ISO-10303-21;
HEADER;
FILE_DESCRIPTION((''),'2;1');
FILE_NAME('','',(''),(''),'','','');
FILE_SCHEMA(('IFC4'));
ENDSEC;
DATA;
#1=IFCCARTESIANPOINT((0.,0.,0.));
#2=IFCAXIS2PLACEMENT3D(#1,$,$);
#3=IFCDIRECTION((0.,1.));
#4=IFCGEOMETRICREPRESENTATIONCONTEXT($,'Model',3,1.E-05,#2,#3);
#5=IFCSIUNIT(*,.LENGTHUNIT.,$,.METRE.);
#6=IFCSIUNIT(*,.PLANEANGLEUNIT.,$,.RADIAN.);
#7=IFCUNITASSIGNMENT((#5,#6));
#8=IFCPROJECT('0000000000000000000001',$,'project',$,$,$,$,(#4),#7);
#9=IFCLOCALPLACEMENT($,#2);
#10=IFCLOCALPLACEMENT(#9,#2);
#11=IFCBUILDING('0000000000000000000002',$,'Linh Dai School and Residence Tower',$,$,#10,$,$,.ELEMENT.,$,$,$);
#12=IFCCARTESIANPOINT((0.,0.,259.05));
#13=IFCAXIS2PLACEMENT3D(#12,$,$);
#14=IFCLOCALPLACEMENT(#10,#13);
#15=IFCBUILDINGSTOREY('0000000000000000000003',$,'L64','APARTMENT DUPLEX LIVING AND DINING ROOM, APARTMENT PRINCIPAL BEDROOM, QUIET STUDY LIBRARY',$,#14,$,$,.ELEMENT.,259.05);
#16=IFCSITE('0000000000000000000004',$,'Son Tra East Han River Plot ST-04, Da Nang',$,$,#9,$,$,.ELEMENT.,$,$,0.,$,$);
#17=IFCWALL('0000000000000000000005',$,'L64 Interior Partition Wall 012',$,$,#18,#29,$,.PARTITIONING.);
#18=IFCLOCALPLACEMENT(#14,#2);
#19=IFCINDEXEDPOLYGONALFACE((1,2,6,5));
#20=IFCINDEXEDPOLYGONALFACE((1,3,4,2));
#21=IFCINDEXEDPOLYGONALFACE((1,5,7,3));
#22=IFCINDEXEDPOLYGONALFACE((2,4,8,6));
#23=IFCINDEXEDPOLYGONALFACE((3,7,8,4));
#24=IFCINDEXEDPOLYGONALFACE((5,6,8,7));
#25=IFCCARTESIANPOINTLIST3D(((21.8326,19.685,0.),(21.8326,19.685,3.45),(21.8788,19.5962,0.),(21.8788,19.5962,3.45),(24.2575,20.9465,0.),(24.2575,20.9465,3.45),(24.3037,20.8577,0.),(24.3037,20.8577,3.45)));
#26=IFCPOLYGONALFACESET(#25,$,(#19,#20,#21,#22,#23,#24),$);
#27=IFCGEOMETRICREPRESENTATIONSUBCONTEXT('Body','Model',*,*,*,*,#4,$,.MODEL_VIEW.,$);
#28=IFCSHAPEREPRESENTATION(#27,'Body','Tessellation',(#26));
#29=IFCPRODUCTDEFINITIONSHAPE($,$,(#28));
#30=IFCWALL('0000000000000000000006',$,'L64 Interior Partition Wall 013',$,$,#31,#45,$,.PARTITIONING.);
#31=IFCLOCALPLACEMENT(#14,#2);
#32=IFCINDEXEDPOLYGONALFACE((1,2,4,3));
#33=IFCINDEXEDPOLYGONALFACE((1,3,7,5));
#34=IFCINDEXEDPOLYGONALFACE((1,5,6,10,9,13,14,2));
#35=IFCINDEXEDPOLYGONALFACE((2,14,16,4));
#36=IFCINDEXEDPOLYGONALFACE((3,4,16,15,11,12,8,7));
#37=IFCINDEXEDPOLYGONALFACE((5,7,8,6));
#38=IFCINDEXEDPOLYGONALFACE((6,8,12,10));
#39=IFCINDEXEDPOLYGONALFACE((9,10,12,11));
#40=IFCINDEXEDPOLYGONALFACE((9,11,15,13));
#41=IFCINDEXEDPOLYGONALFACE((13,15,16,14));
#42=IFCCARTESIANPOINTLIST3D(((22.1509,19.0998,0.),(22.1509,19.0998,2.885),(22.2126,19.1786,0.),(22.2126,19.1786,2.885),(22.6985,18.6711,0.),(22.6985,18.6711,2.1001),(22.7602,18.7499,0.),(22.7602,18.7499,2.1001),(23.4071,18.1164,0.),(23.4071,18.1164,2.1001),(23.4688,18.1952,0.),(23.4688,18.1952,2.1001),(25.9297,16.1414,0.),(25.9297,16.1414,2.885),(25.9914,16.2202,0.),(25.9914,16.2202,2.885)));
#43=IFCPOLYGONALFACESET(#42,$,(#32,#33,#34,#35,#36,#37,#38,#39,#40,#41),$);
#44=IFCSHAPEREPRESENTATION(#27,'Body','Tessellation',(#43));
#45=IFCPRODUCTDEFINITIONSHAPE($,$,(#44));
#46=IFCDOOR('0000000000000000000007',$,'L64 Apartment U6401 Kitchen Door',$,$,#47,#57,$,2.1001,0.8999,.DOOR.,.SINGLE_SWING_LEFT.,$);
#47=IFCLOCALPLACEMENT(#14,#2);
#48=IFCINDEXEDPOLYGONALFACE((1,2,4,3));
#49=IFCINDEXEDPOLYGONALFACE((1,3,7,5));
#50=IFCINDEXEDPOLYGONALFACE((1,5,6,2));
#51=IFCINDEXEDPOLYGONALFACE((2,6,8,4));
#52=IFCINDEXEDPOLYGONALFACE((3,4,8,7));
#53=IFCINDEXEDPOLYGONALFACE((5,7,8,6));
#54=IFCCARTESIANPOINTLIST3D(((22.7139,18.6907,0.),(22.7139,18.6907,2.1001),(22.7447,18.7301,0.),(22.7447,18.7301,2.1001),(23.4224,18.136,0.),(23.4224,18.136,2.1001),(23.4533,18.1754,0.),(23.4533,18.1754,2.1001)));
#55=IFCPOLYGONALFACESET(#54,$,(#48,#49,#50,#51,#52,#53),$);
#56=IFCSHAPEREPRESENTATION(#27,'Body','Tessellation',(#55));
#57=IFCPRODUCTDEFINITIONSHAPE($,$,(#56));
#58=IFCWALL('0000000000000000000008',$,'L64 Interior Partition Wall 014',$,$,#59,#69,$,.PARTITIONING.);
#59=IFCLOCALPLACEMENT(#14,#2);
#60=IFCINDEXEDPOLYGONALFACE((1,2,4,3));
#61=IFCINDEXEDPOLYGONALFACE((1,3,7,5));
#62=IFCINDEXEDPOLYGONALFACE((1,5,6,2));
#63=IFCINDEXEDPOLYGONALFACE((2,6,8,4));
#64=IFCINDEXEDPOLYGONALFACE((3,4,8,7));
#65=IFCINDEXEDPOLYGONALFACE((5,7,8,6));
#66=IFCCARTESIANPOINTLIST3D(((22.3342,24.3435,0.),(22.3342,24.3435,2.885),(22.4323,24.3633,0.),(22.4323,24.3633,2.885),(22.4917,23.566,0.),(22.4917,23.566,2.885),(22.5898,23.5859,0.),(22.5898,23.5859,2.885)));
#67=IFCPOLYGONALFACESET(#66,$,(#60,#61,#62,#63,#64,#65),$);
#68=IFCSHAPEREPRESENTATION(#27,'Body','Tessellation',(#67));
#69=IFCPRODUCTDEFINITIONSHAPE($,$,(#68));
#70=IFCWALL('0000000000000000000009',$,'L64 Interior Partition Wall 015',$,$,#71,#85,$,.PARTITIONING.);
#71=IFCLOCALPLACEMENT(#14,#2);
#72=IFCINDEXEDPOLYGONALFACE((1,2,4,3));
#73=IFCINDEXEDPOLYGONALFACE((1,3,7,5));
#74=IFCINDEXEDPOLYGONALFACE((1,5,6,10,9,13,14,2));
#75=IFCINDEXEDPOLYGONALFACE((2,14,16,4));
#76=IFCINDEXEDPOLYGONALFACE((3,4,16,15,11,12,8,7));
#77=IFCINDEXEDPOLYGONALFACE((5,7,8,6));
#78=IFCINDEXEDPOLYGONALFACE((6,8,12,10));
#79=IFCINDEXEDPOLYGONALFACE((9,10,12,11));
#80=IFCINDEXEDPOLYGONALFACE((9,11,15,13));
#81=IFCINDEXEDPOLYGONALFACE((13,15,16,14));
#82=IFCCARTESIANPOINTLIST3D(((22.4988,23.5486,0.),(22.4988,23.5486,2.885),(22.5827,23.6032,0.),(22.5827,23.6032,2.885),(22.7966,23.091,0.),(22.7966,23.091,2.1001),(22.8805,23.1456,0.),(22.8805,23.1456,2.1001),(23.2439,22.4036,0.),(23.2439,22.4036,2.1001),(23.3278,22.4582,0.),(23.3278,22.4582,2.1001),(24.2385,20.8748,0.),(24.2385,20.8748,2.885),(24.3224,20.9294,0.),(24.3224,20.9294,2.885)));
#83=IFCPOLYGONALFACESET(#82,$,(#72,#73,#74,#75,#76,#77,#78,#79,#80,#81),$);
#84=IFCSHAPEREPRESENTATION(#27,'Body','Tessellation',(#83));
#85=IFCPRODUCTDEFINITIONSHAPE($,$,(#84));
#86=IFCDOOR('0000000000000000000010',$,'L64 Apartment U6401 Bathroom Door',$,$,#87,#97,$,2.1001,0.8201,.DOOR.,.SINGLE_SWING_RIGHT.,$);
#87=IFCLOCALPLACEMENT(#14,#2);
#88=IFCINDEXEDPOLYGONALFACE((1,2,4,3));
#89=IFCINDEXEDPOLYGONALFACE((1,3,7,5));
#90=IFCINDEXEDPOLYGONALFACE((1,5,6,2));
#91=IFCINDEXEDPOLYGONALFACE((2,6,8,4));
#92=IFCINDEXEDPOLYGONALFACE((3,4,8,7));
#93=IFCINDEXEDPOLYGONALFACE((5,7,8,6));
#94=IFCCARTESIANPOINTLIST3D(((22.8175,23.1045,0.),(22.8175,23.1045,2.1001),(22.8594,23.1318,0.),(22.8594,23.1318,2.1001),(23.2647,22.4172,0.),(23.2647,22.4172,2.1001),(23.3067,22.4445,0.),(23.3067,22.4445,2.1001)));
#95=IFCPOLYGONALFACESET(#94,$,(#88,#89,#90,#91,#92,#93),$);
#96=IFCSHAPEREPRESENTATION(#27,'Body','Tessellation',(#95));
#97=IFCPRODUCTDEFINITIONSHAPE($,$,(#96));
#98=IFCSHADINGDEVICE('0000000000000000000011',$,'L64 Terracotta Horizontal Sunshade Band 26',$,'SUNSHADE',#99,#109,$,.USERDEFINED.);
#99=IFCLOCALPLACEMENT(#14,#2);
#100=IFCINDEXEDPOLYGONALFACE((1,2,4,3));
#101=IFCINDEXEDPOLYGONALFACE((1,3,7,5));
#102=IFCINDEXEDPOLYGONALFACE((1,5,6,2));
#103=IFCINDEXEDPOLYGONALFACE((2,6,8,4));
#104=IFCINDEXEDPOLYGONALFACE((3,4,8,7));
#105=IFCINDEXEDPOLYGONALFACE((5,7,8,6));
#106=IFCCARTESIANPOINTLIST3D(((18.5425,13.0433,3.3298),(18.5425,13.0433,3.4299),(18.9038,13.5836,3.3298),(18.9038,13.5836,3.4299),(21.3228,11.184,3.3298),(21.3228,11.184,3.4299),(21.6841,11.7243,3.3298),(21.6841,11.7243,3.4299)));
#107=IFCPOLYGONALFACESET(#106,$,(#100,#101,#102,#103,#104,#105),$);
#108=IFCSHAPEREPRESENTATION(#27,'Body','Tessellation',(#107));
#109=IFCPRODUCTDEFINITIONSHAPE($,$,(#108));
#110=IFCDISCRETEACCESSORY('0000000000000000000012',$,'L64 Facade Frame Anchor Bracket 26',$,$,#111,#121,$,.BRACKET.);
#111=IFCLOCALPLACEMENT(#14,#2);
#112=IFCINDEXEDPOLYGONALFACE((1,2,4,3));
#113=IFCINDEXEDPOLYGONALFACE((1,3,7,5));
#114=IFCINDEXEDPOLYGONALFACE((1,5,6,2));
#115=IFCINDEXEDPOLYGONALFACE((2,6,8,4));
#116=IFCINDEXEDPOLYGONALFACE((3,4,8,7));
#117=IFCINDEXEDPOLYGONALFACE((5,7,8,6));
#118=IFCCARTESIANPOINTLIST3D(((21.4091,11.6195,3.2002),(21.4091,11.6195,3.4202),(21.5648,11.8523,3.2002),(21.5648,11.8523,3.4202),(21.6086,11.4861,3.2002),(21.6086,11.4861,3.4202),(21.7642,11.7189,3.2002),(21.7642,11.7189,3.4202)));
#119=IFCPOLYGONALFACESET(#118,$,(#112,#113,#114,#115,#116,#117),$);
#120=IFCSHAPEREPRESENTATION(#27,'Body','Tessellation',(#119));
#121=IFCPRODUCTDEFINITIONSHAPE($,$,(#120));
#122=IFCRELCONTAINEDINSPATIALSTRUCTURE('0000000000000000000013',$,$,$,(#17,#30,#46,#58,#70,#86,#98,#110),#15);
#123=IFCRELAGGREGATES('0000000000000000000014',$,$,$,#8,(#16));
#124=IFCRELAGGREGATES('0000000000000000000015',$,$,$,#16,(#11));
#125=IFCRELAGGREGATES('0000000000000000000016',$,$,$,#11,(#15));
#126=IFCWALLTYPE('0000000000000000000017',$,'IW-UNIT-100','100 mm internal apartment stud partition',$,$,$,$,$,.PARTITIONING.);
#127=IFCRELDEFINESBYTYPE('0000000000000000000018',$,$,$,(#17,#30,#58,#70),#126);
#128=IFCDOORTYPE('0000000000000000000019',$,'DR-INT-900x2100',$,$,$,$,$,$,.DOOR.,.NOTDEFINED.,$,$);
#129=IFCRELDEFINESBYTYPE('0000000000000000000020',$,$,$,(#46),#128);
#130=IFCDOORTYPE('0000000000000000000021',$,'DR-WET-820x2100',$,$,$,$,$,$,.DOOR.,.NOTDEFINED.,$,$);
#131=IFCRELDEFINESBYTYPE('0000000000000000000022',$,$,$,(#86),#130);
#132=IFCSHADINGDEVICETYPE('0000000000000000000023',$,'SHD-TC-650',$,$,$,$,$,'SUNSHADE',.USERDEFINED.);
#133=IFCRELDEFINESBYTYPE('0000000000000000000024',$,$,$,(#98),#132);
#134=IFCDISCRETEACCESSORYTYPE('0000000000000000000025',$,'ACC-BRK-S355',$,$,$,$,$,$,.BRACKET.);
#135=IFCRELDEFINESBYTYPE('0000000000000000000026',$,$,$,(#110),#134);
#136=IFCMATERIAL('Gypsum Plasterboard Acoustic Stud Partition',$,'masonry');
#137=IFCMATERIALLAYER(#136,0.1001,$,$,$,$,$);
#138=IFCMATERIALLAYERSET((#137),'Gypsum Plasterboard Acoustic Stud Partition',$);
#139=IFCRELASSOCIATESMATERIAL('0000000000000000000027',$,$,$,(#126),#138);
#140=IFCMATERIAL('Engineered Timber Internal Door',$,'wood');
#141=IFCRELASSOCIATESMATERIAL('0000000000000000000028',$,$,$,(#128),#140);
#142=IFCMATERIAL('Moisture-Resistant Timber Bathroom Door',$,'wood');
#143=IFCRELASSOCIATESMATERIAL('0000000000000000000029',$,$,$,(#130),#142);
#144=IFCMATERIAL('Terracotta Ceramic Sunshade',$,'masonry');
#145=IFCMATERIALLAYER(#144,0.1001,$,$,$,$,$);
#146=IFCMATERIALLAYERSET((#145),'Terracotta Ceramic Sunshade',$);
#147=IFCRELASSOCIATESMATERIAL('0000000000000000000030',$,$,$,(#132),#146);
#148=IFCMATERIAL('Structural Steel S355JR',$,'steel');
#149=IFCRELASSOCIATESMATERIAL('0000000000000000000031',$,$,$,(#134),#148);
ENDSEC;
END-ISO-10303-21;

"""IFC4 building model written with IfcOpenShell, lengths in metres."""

from ifc_helpers import new_model, si_unit, direction, frame, frame_2d, origin, origin_2d, place, context, subcontext, project, spatial, rectangle, extrude, source, transform, mapped, material, layer, layer_set, type_object, element, fill, save


model = new_model("IFC4")

# Units and contexts
model_context = context("Model", 3, precision=1e-05, world=origin(), true_north=direction((0.0, 1.0)))
body_context = subcontext(model_context, "Body", "Model", "MODEL_VIEW")
ifc_project = project(units=[si_unit("LENGTHUNIT", "METRE"), si_unit("PLANEANGLEUNIT", "RADIAN")], contexts=[model_context])

# Site, building, storey
site_placement = place(None, origin())
site = spatial("IfcSite", under=ifc_project, at=site_placement, Name="Son Tra East Han River Plot ST-04, Da Nang", CompositionType="ELEMENT", RefElevation=0.0)
building_placement = place(site_placement, origin())
building = spatial("IfcBuilding", under=site, at=building_placement, Name="Linh Dai School and Residence Tower", CompositionType="ELEMENT")
storey_placement = place(building_placement, frame((0.0, 0.0, 259.05)))
storey = spatial("IfcBuildingStorey", under=building, at=storey_placement, Name="L64", Description="APARTMENT DUPLEX LIVING AND DINING ROOM, APARTMENT PRINCIPAL BEDROOM, QUIET STUDY LIBRARY", CompositionType="ELEMENT", Elevation=259.05)

# Shared definitions
ifc_material_1 = material(Name="Structural Steel S355JR", Category="steel")

# Wall
ifc_material_2 = material(Name="Gypsum Plasterboard Acoustic Stud Partition", Category="masonry")
ifc_layer_1 = layer(ifc_material_2, 0.1001)
ifc_layer_set_1 = layer_set([ifc_layer_1], Name="Gypsum Plasterboard Acoustic Stud Partition")
wall_type_1 = type_object("IfcWallType", Name="IW-UNIT-100", Description="100 mm internal apartment stud partition", PredefinedType="PARTITIONING", material=ifc_layer_set_1)
wall_1_placement = place(storey_placement, frame((21.8557, 19.6406, 0.0), z_axis=(0.0, 0.0, 1.0), x_axis=(0.887131, 0.461519, 0.0)))
element("IfcWall", 1, at=wall_1_placement, inside=storey, type_object=wall_type_1, Name="L64 Interior Partition Wall 012", PredefinedType="PARTITIONING", context=body_context, shape_type="SweptSolid", body=[
    extrude(rectangle(XDim=2.7334, YDim=0.1001, at=frame_2d((1.3667, 0.0))), origin(), (0.0, 0.0, 1.0), 3.45),
])

# Wall, opening, door
wall_2_placement = place(storey_placement, frame((22.1819, 19.1392, 0.0), z_axis=(0.0, 0.0, 1.0), x_axis=(0.787387, -0.616459, 0.0)))
wall_2 = element("IfcWall", 2, at=wall_2_placement, inside=storey, type_object=wall_type_1, Name="L64 Interior Partition Wall 013", PredefinedType="PARTITIONING", context=body_context, shape_type="SweptSolid", body=[
    extrude(rectangle(XDim=4.7991, YDim=0.1001, at=frame_2d((2.3994, 0.0))), origin(), (0.0, 0.0, 1.0), 2.885),
])
opening_1_placement = place(wall_2_placement, frame((0.6953, 0.0, 0.0)))
opening_1 = element("IfcOpeningElement", 3, at=opening_1_placement, cuts=wall_2, PredefinedType="OPENING", context=body_context, shape_type="SweptSolid", body=[
    extrude(rectangle(XDim=0.8999, YDim=2.1001, at=origin_2d()), frame((0.45, 0.0601, 1.05), z_axis=(0.0, -1.0, 0.0), x_axis=(1.0, 0.0, 0.0)), (0.0, 0.0, 1.0), 0.1201),
])
ifc_material_3 = material(Name="Engineered Timber Internal Door", Category="wood")
door_type_1 = type_object("IfcDoorType", Name="DR-INT-900x2100", OperationType="NOTDEFINED", PredefinedType="DOOR", material=ifc_material_3)
shared_shape_1 = source(origin(), body_context, "Body", "SweptSolid", [
    extrude(rectangle(XDim=0.8999, YDim=2.1001, at=origin_2d()), frame((0.45, 0.0249, 1.05), z_axis=(0.0, -1.0, 0.0), x_axis=(1.0, 0.0, 0.0)), (0.0, 0.0, 1.0), 0.05),
])
door_1_placement = place(opening_1_placement, origin())
door_1 = element("IfcDoor", 4, at=door_1_placement, inside=storey, type_object=door_type_1, Name="L64 Apartment U6401 Kitchen Door", OperationType="SINGLE_SWING_LEFT", OverallHeight=2.1001, OverallWidth=0.8999, PredefinedType="DOOR", context=body_context, shape_type="MappedRepresentation", body=[
    mapped(shared_shape_1, transform((0.0, 0.0, 0.0), x_axis=(1.0, 0.0, 0.0), y_axis=(0.0, 1.0, 0.0), z_axis=(0.0, 0.0, 1.0), scale=1.0)),
])
fill(opening_1, door_1)

# Wall
wall_3_placement = place(storey_placement, frame((22.3833, 24.3533, 0.0), z_axis=(0.0, 0.0, 1.0), x_axis=(0.198543, -0.980092, 0.0)))
element("IfcWall", 5, at=wall_3_placement, inside=storey, type_object=wall_type_1, Name="L64 Interior Partition Wall 014", PredefinedType="PARTITIONING", context=body_context, shape_type="SweptSolid", body=[
    extrude(rectangle(XDim=0.7932, YDim=0.1001, at=frame_2d((0.3965, 0.0))), origin(), (0.0, 0.0, 1.0), 2.885),
])

# Wall, opening, door
wall_4_placement = place(storey_placement, frame((22.5408, 23.5759, 0.0), z_axis=(0.0, 0.0, 1.0), x_axis=(0.545376, -0.838192, 0.0)))
wall_4 = element("IfcWall", 6, at=wall_4_placement, inside=storey, type_object=wall_type_1, Name="L64 Interior Partition Wall 015", PredefinedType="PARTITIONING", context=body_context, shape_type="SweptSolid", body=[
    extrude(rectangle(XDim=3.1899, YDim=0.1001, at=frame_2d((1.595, 0.0))), origin(), (0.0, 0.0, 1.0), 2.885),
])
opening_2_placement = place(wall_4_placement, frame((0.5459, 0.0, 0.0)))
opening_2 = element("IfcOpeningElement", 7, at=opening_2_placement, cuts=wall_4, PredefinedType="OPENING", context=body_context, shape_type="SweptSolid", body=[
    extrude(rectangle(XDim=0.8201, YDim=2.1001, at=origin_2d()), frame((0.4102, 0.0601, 1.05), z_axis=(0.0, -1.0, 0.0), x_axis=(1.0, 0.0, 0.0)), (0.0, 0.0, 1.0), 0.1201),
])
ifc_material_4 = material(Name="Moisture-Resistant Timber Bathroom Door", Category="wood")
door_type_2 = type_object("IfcDoorType", Name="DR-WET-820x2100", OperationType="NOTDEFINED", PredefinedType="DOOR", material=ifc_material_4)
shared_shape_2 = source(origin(), body_context, "Body", "SweptSolid", [
    extrude(rectangle(XDim=0.8201, YDim=2.1001, at=origin_2d()), frame((0.4102, 0.0249, 1.05), z_axis=(0.0, -1.0, 0.0), x_axis=(1.0, 0.0, 0.0)), (0.0, 0.0, 1.0), 0.05),
])
door_2_placement = place(opening_2_placement, origin())
door_2 = element("IfcDoor", 8, at=door_2_placement, inside=storey, type_object=door_type_2, Name="L64 Apartment U6401 Bathroom Door", OperationType="SINGLE_SWING_RIGHT", OverallHeight=2.1001, OverallWidth=0.8201, PredefinedType="DOOR", context=body_context, shape_type="MappedRepresentation", body=[
    mapped(shared_shape_2, transform((0.0, 0.0, 0.0), x_axis=(1.0, 0.0, 0.0), y_axis=(0.0, 1.0, 0.0), z_axis=(0.0, 0.0, 1.0), scale=1.0)),
])
fill(opening_2, door_2)

# Shading device
ifc_material_5 = material(Name="Terracotta Ceramic Sunshade", Category="masonry")
ifc_layer_2 = layer(ifc_material_5, 0.1001)
ifc_layer_set_2 = layer_set([ifc_layer_2], Name="Terracotta Ceramic Sunshade")
shading_device_type = type_object("IfcShadingDeviceType", Name="SHD-TC-650", ElementType="SUNSHADE", PredefinedType="USERDEFINED", material=ifc_layer_set_2)
shared_shape_3 = source(origin(), body_context, "Body", "SweptSolid", [
    extrude(rectangle(XDim=3.3447, YDim=0.6499, at=origin_2d()), origin(), (0.0, 0.0, 1.0), 0.1001),
])
shading_device_placement = place(storey_placement, frame((20.1133, 12.3838, 3.3298), z_axis=(0.0, 0.0, 1.0), x_axis=(-0.831258, 0.555887, 0.0)))
element("IfcShadingDevice", 9, at=shading_device_placement, inside=storey, type_object=shading_device_type, Name="L64 Terracotta Horizontal Sunshade Band 26", ObjectType="SUNSHADE", PredefinedType="USERDEFINED", context=body_context, shape_type="MappedRepresentation", body=[
    mapped(shared_shape_3, transform((0.0, 0.0, 0.0), x_axis=(1.0, 0.0, 0.0), y_axis=(0.0, 1.0, 0.0), z_axis=(0.0, 0.0, 1.0), scale=1.0)),
])

# Discrete accessory
discrete_accessory_type = type_object("IfcDiscreteAccessoryType", Name="ACC-BRK-S355", PredefinedType="BRACKET", material=ifc_material_1)
shared_shape_4 = source(origin(), body_context, "Body", "SweptSolid", [
    extrude(rectangle(XDim=0.28, YDim=0.24, at=origin_2d()), origin(), (0.0, 0.0, 1.0), 0.22),
])
discrete_accessory_placement = place(storey_placement, frame((21.5867, 11.6692, 3.2002), z_axis=(0.0, 0.0, 1.0), x_axis=(-0.555887, -0.831258, 0.0)))
element("IfcDiscreteAccessory", 10, at=discrete_accessory_placement, inside=storey, type_object=discrete_accessory_type, Name="L64 Facade Frame Anchor Bracket 26", PredefinedType="BRACKET", context=body_context, shape_type="MappedRepresentation", body=[
    mapped(shared_shape_4, transform((0.0, 0.0, 0.0), x_axis=(1.0, 0.0, 0.0), y_axis=(0.0, 1.0, 0.0), z_axis=(0.0, 0.0, 1.0), scale=1.0)),
])

save(model, "model.ifc")
